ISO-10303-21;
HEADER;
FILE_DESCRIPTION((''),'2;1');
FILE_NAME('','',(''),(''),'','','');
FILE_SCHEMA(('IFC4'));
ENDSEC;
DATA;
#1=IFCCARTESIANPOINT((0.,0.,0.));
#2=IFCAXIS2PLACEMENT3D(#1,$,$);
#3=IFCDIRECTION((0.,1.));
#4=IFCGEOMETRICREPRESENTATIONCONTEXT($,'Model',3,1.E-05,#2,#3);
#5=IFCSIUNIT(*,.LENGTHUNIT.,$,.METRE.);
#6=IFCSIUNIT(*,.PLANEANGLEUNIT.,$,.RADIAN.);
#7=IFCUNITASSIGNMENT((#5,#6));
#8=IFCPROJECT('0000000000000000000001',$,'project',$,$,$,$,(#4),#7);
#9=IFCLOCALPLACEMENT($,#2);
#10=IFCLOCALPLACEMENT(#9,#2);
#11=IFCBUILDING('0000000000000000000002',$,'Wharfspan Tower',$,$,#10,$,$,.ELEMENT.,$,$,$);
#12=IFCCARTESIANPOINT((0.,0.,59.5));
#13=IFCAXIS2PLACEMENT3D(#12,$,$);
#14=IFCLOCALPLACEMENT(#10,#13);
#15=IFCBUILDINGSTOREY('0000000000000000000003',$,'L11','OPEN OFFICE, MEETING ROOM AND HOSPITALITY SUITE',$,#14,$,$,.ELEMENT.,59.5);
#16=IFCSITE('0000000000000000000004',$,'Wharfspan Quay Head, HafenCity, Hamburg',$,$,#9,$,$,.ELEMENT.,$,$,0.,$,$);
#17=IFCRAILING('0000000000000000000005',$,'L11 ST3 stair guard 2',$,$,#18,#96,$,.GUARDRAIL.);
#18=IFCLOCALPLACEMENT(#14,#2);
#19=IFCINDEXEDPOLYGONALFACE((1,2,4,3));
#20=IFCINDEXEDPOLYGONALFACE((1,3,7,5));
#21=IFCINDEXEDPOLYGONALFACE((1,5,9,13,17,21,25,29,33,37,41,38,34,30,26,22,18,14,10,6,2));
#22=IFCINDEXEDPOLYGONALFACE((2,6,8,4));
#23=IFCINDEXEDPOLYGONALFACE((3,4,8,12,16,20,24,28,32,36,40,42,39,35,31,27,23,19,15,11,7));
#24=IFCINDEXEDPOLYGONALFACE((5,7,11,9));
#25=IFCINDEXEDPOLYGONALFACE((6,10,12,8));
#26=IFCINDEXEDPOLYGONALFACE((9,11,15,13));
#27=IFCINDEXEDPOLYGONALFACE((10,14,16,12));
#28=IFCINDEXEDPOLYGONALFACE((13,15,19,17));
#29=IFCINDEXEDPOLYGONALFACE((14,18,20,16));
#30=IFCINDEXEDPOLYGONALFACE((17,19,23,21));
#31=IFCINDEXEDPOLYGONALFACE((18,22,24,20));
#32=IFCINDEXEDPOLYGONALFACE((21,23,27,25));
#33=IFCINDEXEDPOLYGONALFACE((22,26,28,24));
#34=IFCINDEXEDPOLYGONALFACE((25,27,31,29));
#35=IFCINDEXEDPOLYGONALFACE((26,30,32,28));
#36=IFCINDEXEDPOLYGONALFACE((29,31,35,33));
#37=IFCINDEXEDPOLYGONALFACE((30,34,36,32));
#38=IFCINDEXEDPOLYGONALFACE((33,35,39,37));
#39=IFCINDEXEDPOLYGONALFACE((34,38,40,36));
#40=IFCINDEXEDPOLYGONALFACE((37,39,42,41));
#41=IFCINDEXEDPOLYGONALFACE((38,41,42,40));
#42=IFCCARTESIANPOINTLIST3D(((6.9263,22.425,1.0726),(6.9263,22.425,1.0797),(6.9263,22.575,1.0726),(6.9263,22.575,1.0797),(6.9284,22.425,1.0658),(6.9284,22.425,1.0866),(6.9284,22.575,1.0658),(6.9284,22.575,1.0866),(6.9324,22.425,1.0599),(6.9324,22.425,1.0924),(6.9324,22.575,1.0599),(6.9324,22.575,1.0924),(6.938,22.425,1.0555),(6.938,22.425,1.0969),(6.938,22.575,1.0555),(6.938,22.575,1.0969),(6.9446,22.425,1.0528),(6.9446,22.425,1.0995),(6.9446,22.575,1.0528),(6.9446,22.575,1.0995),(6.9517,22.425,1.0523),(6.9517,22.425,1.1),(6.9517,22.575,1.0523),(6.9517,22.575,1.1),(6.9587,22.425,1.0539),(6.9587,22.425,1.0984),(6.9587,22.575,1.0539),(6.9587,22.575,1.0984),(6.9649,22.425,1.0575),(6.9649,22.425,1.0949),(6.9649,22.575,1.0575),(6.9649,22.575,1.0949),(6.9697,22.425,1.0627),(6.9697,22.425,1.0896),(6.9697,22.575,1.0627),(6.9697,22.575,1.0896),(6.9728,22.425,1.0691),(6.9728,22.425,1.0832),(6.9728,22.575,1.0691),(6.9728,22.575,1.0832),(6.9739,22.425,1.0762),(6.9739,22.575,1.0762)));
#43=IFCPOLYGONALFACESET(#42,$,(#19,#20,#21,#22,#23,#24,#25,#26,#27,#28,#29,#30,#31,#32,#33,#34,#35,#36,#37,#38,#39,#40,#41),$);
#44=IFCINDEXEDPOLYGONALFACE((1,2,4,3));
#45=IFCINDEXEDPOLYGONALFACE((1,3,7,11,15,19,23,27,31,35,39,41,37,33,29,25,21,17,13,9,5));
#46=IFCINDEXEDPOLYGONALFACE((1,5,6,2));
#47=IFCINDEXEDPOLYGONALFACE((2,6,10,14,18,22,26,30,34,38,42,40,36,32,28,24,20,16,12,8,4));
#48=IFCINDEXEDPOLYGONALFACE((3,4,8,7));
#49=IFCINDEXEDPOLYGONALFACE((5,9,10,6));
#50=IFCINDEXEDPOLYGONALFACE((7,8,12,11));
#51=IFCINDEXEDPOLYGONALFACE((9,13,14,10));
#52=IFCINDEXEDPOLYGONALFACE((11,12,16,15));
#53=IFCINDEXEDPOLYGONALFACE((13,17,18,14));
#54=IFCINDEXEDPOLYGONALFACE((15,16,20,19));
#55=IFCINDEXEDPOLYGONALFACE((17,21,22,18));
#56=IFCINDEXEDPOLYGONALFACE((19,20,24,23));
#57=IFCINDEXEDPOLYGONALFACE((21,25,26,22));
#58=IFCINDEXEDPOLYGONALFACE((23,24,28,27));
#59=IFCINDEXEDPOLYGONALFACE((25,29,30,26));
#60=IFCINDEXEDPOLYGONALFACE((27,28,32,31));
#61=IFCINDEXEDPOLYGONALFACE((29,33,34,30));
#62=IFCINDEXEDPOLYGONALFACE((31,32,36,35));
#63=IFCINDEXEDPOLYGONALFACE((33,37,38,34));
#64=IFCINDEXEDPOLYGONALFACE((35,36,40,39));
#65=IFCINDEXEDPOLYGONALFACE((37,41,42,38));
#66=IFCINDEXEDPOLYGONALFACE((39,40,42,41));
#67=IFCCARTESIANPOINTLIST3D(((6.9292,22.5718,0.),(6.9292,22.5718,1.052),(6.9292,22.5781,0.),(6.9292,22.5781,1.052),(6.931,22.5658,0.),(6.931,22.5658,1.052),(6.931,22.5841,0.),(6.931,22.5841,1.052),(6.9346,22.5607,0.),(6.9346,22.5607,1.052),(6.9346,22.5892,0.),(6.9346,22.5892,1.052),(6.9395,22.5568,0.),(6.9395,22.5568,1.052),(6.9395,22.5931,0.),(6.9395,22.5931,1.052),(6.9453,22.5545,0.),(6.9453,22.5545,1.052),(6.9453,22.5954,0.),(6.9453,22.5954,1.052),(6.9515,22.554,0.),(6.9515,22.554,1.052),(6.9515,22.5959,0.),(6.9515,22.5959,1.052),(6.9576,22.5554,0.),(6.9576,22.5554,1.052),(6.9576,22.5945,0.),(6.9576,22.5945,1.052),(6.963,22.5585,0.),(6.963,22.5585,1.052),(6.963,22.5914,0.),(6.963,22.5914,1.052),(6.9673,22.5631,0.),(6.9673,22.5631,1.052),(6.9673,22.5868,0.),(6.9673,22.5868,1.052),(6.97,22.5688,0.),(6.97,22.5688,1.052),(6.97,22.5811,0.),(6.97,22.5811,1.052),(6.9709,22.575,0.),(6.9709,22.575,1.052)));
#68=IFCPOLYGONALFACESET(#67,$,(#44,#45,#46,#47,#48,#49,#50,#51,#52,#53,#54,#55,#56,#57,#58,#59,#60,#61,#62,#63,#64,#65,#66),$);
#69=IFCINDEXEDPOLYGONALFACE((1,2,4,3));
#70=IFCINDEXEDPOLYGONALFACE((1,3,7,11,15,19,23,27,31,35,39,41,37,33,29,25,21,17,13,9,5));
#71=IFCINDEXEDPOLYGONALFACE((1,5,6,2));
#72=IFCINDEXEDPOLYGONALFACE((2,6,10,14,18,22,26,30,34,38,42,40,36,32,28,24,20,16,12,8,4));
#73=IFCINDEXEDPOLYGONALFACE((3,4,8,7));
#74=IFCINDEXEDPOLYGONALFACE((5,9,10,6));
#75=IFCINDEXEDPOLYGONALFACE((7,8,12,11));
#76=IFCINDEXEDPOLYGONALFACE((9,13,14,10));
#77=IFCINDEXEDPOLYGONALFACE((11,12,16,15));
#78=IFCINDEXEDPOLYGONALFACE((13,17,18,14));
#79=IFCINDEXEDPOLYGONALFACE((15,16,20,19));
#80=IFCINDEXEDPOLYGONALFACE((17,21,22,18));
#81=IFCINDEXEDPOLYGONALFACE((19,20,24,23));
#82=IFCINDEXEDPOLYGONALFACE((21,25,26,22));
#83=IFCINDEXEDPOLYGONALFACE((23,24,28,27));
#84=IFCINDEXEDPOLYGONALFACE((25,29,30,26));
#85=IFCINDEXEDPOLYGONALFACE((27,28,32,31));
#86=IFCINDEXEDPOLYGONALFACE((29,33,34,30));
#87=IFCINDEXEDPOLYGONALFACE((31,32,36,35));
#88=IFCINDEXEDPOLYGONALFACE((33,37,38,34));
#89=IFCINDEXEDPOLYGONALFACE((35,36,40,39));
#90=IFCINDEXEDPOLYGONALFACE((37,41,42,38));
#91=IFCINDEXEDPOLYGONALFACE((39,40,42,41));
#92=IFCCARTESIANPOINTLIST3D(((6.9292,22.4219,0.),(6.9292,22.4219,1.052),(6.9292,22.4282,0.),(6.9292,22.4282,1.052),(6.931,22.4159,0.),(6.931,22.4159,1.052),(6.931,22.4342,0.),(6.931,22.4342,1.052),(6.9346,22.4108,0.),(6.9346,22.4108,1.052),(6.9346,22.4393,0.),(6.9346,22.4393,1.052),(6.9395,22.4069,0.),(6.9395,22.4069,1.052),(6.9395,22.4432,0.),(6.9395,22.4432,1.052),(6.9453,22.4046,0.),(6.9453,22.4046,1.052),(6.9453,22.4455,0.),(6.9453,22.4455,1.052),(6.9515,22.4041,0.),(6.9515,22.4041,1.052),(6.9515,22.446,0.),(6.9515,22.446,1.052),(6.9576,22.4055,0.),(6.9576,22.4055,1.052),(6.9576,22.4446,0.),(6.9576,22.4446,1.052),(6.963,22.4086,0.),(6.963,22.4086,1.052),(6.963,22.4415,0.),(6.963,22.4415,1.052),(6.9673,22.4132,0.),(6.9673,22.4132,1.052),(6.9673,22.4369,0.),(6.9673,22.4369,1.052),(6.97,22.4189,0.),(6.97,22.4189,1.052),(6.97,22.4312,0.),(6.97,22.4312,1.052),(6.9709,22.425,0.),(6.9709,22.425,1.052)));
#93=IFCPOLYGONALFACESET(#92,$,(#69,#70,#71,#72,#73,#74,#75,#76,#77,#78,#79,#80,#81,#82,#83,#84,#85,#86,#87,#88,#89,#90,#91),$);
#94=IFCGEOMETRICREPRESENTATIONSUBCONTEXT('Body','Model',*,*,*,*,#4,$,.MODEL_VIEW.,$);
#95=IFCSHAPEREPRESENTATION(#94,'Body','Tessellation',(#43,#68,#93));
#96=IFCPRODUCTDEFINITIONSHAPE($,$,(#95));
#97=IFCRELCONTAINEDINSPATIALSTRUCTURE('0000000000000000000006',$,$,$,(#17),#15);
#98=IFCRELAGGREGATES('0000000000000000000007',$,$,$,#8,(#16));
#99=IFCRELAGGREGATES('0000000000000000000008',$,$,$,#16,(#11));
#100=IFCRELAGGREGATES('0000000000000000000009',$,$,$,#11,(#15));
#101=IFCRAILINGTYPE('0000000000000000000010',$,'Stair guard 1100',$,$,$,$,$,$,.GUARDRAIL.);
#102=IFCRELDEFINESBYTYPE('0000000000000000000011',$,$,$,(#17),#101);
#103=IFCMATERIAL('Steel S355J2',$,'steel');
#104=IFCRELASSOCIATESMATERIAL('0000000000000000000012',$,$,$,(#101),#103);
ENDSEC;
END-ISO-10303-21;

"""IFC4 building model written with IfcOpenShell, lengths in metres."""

from ifc_helpers import new_model, si_unit, direction, frame, origin, origin_2d, place, context, subcontext, project, spatial, circle, extrude, material, type_object, element, save


model = new_model("IFC4")

# Units and contexts
model_context = context("Model", 3, precision=1e-05, world=origin(), true_north=direction((0.0, 1.0)))
body_context = subcontext(model_context, "Body", "Model", "MODEL_VIEW")
ifc_project = project(units=[si_unit("LENGTHUNIT", "METRE"), si_unit("PLANEANGLEUNIT", "RADIAN")], contexts=[model_context])

# Site, building, storey
site_placement = place(None, origin())
site = spatial("IfcSite", under=ifc_project, at=site_placement, Name="Wharfspan Quay Head, HafenCity, Hamburg", CompositionType="ELEMENT", RefElevation=0.0)
building_placement = place(site_placement, origin())
building = spatial("IfcBuilding", under=site, at=building_placement, Name="Wharfspan Tower", CompositionType="ELEMENT")
storey_placement = place(building_placement, frame((0.0, 0.0, 59.5)))
storey = spatial("IfcBuildingStorey", under=building, at=storey_placement, Name="L11", Description="OPEN OFFICE, MEETING ROOM AND HOSPITALITY SUITE", CompositionType="ELEMENT", Elevation=59.5)

# Shared definitions
ifc_material_1 = material(Name="Steel S355J2", Category="steel")

# Railing
railing_type_1 = type_object("IfcRailingType", Name="Stair guard 1100", PredefinedType="GUARDRAIL", material=ifc_material_1)
railing_1_placement = place(storey_placement, frame((6.95, 22.575, 0.0)))
element("IfcRailing", 1, at=railing_1_placement, inside=storey, type_object=railing_type_1, Name="L11 ST3 stair guard 2", PredefinedType="GUARDRAIL", context=body_context, shape_type="SweptSolid", body=[
    extrude(circle(Radius=0.0239, at=origin_2d()), frame((0.0, 0.0, 1.0762), z_axis=(0.0, -1.0, 0.0), x_axis=(1.0, 0.0, 0.0)), (0.0, 0.0, 1.0), 0.1499),
    extrude(circle(Radius=0.021, at=origin_2d()), origin(), (0.0, 0.0, 1.0), 1.052),
    extrude(circle(Radius=0.021, at=origin_2d()), frame((0.0, -0.1499, 0.0)), (0.0, 0.0, 1.0), 1.052),
])

save(model, "model.ifc")
